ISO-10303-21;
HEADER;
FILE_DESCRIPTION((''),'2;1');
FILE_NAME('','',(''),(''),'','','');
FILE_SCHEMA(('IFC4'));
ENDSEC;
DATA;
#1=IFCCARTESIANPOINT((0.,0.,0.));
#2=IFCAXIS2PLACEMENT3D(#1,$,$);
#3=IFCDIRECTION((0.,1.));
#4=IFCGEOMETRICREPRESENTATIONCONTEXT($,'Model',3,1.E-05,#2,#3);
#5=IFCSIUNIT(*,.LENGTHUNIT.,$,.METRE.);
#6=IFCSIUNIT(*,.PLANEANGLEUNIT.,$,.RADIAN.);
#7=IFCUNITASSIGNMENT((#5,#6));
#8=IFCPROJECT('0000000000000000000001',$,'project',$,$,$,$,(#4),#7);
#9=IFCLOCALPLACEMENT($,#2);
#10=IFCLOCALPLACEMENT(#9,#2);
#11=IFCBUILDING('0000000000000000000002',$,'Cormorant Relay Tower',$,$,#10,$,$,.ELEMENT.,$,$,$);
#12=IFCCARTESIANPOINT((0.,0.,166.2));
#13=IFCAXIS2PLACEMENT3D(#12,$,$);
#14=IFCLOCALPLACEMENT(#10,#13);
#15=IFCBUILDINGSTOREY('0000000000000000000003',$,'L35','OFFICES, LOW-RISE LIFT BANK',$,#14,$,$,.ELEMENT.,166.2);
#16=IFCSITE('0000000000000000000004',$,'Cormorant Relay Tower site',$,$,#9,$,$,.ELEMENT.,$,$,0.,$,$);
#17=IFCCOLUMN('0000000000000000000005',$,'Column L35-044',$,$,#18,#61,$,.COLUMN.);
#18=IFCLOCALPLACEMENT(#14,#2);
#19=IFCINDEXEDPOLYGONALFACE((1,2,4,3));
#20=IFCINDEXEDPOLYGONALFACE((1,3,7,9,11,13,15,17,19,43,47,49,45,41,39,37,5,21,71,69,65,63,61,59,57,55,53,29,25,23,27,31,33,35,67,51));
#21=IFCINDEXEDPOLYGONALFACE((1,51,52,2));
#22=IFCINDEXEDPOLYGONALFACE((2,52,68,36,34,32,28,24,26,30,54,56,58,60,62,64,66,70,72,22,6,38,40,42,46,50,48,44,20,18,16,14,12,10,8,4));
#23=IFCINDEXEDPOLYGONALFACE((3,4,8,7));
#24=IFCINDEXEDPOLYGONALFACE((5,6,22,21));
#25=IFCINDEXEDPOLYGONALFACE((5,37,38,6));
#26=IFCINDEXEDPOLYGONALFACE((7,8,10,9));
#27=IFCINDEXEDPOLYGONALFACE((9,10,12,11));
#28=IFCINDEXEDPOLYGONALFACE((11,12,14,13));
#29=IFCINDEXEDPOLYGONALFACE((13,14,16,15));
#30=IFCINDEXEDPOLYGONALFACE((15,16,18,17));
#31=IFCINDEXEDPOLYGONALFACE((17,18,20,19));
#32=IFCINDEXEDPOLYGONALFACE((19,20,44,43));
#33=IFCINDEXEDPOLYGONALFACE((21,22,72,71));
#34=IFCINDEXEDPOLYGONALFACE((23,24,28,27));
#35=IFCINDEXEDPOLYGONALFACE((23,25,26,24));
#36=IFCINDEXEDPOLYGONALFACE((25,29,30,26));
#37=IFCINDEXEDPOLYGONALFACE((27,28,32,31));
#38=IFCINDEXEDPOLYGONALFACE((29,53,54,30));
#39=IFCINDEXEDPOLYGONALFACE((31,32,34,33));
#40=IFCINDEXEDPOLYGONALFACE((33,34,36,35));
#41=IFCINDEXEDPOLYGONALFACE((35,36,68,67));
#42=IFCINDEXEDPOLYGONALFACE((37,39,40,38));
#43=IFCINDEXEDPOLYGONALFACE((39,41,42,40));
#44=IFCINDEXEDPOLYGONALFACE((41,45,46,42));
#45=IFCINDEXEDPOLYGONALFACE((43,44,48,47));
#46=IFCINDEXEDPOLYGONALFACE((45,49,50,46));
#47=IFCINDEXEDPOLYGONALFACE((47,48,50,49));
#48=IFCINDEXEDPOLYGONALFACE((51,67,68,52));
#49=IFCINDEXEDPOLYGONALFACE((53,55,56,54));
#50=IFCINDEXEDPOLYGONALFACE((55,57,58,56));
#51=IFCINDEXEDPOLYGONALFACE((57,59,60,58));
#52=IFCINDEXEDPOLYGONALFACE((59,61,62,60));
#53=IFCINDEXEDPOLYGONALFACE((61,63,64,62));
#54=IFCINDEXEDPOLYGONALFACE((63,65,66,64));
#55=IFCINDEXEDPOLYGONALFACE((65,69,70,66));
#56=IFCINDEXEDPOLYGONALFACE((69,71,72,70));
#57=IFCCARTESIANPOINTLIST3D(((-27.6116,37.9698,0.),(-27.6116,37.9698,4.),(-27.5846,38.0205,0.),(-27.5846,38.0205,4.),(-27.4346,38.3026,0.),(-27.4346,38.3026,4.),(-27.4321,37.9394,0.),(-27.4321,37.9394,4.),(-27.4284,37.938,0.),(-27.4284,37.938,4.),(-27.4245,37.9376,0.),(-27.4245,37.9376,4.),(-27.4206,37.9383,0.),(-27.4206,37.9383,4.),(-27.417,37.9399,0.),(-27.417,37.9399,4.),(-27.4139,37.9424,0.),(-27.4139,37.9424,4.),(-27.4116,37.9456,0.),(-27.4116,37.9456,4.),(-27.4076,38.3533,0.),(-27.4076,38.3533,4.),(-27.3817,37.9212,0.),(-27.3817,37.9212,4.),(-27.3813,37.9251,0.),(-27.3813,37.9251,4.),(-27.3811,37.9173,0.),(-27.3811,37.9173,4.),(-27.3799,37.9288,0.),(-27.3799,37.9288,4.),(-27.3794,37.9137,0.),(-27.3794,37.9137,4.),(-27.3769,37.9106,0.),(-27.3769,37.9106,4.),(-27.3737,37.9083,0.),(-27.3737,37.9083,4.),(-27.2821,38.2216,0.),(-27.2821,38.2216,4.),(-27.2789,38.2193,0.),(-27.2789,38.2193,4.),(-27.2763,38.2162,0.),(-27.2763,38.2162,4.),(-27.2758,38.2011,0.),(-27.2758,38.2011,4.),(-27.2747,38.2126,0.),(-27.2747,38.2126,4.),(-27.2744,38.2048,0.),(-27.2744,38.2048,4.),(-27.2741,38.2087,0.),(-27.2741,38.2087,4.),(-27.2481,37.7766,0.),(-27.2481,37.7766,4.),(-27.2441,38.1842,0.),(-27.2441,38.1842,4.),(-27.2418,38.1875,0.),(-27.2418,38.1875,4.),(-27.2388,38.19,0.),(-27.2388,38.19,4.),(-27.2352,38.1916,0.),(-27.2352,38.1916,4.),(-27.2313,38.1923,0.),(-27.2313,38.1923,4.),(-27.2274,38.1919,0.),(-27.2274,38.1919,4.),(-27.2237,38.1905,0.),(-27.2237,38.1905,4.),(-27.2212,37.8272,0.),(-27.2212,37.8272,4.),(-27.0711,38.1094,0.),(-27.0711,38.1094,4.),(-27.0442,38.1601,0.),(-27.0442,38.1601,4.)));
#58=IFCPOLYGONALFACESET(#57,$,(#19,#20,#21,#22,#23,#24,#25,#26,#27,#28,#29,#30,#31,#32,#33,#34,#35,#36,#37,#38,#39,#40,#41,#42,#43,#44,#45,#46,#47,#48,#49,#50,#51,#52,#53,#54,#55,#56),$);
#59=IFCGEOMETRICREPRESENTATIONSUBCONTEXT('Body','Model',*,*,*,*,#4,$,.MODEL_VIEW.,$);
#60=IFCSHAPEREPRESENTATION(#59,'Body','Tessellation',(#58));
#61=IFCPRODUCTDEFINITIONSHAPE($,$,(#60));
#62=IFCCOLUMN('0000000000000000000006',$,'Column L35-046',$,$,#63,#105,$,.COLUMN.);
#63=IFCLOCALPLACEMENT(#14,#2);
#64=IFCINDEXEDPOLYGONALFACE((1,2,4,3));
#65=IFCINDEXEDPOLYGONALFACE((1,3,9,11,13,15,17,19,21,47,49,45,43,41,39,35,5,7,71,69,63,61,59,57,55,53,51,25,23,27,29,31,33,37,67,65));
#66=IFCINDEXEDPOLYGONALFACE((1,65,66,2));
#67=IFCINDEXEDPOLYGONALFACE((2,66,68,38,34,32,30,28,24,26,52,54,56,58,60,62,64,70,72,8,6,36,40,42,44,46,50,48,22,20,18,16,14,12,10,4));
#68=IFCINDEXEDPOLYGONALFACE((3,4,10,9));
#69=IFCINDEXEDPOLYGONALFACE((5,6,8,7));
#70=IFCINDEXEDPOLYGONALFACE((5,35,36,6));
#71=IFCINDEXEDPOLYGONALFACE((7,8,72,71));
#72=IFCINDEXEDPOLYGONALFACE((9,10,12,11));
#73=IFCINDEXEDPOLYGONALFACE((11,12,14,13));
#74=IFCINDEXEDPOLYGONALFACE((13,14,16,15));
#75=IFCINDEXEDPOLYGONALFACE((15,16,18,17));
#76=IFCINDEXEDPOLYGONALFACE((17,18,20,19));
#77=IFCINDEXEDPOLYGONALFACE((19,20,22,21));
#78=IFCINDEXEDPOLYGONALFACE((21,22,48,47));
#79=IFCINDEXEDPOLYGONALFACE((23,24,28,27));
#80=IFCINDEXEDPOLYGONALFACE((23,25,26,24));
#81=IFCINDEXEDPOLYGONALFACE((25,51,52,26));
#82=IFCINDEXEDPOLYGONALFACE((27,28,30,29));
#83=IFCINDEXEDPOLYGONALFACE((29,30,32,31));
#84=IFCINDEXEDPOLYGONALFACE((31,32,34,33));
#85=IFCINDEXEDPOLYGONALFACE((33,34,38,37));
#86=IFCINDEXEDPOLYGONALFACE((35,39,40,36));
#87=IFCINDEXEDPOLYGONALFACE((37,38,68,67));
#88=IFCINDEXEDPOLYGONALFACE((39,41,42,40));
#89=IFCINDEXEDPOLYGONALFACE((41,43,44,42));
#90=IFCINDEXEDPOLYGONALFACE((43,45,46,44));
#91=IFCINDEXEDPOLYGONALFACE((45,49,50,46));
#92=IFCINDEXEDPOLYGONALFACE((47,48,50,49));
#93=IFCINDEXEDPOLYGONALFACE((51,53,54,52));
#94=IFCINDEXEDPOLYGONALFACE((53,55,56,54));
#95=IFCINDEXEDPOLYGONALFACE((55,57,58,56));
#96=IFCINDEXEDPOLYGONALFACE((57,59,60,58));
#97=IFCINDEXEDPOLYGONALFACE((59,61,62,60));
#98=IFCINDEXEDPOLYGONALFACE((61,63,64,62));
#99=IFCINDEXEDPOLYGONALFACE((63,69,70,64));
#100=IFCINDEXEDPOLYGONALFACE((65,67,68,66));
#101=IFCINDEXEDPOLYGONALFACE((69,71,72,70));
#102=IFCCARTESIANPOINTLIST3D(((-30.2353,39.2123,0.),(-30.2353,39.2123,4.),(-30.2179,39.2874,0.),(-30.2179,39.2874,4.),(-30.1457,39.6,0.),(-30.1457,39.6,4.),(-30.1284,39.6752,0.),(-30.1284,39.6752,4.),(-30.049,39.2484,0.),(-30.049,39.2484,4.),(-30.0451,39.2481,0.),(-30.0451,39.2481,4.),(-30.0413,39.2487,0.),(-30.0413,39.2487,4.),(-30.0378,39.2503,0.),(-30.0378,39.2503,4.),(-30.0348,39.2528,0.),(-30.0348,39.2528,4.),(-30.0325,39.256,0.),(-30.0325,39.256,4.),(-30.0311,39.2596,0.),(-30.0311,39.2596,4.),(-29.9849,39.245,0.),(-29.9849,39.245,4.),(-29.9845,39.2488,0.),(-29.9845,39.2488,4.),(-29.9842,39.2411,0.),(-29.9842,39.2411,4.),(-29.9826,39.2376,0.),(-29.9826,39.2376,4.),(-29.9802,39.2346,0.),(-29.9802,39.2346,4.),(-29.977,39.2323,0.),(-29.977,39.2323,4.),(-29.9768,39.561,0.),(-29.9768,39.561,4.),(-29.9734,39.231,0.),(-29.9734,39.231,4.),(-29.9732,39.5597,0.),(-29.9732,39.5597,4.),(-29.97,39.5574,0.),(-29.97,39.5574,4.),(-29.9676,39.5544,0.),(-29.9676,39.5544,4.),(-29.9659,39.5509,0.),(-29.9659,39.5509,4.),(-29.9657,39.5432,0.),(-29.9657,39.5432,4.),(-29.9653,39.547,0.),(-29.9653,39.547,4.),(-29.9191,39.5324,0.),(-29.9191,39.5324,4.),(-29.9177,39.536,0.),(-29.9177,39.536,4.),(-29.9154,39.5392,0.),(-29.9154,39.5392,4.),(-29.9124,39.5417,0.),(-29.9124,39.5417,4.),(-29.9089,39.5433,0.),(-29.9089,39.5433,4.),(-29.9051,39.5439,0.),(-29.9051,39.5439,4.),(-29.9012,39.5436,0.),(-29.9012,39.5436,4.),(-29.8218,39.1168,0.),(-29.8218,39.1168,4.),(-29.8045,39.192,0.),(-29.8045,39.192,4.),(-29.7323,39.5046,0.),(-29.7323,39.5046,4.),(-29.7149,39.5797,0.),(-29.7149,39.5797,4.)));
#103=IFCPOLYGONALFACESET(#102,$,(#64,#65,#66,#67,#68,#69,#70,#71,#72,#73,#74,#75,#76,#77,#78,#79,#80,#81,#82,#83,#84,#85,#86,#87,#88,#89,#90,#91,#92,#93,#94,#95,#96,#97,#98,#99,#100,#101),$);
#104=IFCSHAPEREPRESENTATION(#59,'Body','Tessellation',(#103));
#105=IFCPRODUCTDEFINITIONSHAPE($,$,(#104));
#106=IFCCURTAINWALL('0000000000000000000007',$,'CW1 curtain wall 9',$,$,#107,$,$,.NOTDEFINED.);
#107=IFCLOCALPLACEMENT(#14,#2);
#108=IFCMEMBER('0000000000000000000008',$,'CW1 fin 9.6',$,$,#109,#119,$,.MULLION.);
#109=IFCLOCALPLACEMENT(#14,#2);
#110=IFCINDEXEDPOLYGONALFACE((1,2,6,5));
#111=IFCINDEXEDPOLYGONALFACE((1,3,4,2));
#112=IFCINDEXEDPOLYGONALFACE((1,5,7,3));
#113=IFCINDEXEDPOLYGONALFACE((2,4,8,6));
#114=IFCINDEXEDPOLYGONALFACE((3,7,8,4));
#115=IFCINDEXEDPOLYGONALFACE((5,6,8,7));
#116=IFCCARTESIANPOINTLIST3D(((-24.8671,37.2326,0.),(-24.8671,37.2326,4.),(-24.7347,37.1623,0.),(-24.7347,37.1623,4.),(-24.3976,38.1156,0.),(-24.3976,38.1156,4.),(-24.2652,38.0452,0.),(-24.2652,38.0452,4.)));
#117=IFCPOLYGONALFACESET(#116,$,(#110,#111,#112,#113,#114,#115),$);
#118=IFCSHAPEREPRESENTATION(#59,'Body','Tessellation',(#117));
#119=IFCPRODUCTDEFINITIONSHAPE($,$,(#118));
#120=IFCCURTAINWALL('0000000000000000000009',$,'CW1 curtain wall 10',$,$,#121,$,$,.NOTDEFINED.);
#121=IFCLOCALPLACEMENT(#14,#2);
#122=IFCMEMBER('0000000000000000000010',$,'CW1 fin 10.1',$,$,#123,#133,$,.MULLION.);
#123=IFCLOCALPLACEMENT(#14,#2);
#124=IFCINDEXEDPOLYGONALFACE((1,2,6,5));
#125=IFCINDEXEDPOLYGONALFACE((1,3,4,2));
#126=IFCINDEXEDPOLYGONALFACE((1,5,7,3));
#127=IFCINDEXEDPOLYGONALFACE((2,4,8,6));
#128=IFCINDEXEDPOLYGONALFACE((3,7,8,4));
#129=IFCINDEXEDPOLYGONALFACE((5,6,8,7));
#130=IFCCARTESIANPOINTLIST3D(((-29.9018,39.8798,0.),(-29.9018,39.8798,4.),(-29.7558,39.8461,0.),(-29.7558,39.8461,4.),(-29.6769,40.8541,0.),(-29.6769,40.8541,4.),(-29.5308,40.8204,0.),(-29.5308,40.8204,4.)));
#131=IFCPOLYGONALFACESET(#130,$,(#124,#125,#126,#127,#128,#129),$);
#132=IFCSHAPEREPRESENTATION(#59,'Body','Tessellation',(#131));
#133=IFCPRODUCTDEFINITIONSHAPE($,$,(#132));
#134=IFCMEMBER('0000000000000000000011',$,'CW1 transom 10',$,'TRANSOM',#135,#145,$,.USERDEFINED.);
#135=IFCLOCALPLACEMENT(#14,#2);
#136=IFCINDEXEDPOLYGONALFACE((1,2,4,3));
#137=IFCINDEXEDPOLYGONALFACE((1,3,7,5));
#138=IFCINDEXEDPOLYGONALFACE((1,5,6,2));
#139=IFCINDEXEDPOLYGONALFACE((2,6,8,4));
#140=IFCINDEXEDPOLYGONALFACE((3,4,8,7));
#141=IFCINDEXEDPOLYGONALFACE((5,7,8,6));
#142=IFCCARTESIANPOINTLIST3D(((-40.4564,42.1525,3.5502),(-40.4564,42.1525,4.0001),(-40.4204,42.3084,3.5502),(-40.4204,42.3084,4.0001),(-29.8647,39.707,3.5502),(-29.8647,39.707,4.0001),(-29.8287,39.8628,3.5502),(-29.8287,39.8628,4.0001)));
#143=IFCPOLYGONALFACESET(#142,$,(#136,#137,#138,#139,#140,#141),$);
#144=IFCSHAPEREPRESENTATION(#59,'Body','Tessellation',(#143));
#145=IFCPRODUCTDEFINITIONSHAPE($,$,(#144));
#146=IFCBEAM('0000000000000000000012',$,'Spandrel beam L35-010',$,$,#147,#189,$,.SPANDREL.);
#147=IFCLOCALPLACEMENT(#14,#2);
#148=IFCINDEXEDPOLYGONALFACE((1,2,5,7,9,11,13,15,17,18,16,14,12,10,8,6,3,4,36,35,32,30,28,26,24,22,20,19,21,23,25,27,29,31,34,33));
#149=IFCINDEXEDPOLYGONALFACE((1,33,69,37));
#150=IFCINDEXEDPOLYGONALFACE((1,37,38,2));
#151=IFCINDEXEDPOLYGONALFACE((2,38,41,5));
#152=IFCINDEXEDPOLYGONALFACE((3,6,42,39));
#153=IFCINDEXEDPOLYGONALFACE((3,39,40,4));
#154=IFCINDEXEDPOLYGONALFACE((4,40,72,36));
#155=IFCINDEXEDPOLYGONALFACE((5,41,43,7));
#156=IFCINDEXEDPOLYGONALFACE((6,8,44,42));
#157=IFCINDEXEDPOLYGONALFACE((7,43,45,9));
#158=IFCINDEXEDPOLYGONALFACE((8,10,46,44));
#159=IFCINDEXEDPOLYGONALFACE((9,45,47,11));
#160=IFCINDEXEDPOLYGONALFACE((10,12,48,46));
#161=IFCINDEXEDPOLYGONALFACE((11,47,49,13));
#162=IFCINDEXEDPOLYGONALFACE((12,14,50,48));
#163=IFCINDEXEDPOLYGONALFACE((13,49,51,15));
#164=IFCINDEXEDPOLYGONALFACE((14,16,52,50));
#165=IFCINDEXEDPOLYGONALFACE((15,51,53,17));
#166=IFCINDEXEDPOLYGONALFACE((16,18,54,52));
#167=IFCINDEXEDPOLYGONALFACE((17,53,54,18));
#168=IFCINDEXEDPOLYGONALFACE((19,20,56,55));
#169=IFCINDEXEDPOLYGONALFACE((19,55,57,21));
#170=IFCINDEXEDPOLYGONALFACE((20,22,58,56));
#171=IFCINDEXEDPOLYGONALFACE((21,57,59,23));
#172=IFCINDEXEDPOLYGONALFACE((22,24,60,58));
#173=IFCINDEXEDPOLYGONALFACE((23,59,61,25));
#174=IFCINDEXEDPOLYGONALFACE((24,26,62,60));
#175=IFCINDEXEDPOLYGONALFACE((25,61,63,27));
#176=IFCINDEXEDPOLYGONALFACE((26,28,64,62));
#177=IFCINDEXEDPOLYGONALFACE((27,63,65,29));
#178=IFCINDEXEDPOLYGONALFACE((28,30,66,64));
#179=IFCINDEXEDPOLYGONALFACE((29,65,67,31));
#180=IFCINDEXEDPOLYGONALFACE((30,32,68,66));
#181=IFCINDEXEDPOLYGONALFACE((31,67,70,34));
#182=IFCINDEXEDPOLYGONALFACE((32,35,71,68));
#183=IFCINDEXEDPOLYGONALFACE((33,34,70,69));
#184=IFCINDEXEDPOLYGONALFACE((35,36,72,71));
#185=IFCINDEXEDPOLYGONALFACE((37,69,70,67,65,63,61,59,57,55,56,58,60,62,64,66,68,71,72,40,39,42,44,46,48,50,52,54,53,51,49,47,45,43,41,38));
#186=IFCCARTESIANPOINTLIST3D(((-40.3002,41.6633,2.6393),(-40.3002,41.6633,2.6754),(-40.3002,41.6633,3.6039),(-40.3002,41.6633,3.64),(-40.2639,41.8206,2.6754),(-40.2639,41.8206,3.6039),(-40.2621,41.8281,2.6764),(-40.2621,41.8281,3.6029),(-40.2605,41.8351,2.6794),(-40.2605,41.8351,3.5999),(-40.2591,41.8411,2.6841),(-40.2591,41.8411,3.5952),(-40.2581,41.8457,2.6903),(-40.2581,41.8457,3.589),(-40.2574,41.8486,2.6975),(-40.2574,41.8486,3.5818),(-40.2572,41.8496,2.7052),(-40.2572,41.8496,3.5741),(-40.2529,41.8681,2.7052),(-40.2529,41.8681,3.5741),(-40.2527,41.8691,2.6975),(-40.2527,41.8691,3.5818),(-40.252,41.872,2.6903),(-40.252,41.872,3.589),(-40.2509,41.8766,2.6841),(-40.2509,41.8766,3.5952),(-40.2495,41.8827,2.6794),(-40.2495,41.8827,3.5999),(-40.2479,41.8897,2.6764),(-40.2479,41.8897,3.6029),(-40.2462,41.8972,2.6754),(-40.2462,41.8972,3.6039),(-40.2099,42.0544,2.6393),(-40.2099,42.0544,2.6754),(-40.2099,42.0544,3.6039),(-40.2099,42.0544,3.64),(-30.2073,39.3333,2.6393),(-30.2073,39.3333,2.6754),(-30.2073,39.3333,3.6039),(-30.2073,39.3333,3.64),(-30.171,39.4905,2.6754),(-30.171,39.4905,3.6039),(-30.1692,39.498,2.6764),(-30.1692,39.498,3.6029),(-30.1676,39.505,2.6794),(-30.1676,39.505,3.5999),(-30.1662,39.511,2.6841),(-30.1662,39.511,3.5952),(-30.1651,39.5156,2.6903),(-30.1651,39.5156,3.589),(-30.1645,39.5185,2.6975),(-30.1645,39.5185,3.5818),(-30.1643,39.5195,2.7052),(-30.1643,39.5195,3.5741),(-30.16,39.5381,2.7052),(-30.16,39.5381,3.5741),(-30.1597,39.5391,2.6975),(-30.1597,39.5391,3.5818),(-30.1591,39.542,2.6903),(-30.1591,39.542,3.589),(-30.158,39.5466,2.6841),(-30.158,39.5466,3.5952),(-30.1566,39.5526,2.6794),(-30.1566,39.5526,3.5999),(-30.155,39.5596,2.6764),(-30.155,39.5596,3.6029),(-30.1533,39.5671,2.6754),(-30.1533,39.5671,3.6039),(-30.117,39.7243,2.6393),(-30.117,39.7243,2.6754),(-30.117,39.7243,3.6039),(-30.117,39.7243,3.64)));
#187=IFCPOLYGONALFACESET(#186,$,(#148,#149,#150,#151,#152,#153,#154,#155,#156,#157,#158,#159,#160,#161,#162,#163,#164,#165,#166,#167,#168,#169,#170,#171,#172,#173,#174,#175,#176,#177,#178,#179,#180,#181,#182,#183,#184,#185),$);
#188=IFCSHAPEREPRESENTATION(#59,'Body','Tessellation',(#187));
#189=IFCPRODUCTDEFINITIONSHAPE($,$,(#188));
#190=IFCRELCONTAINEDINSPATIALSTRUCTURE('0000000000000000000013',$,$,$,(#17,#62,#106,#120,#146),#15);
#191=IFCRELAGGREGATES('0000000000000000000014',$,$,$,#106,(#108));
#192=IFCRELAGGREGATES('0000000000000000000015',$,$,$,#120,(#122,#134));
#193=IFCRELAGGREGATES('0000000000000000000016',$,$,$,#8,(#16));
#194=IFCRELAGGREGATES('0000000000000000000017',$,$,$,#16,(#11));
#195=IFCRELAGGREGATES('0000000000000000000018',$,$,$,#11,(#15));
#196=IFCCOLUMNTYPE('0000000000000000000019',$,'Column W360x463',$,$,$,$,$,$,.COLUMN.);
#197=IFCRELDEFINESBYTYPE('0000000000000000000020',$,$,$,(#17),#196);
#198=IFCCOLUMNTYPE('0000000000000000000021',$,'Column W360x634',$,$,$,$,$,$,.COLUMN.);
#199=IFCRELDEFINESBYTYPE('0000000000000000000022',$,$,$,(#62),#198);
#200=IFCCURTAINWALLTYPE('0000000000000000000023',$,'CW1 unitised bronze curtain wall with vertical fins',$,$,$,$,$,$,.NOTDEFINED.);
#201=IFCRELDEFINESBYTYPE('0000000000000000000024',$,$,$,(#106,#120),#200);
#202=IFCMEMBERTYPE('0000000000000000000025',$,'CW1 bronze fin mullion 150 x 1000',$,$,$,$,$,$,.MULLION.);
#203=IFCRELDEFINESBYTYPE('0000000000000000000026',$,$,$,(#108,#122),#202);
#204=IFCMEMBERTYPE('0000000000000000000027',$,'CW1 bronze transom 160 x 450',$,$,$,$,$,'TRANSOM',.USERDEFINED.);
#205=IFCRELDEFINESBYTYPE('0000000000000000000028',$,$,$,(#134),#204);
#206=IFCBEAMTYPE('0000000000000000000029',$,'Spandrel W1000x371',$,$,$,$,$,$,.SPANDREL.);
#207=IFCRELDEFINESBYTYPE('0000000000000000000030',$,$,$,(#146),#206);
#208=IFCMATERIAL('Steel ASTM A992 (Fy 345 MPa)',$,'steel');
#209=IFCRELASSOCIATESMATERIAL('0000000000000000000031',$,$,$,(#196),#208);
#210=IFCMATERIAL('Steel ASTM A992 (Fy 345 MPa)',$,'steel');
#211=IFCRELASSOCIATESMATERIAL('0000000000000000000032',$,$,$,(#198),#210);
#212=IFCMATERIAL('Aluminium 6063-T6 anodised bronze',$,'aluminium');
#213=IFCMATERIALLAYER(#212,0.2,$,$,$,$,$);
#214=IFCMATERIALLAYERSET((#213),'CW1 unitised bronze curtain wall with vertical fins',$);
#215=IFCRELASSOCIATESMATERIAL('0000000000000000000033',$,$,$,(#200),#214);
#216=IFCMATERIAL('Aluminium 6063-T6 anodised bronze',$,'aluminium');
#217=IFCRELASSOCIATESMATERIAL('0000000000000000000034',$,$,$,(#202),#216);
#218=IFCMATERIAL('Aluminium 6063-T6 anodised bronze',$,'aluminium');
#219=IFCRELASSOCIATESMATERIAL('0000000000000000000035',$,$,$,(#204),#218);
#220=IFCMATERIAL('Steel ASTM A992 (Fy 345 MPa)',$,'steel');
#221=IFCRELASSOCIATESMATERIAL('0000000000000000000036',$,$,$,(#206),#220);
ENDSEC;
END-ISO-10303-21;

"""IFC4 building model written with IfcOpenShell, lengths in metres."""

from ifc_helpers import new_model, si_unit, direction, frame, origin, origin_2d, place, context, subcontext, project, spatial, rectangle, i_section, extrude, material, layer, layer_set, material_profile, profile_set, type_object, element, aggregate, save


model = new_model("IFC4")

# Units and contexts
model_context = context("Model", 3, precision=1e-05, world=origin(), true_north=direction((0.0, 1.0)))
body_context = subcontext(model_context, "Body", "Model", "MODEL_VIEW")
ifc_project = project(units=[si_unit("LENGTHUNIT", "METRE"), si_unit("PLANEANGLEUNIT", "RADIAN")], contexts=[model_context])

# Site, building, storey
site_placement = place(None, origin())
site = spatial("IfcSite", under=ifc_project, at=site_placement, Name="Cormorant Relay Tower site", CompositionType="ELEMENT", RefElevation=0.0)
building_placement = place(site_placement, origin())
building = spatial("IfcBuilding", under=site, at=building_placement, Name="Cormorant Relay Tower", CompositionType="ELEMENT")
storey_placement = place(building_placement, frame((0.0, 0.0, 166.2)))
storey = spatial("IfcBuildingStorey", under=building, at=storey_placement, Name="L35", Description="OFFICES, LOW-RISE LIFT BANK", CompositionType="ELEMENT", Elevation=166.2)

# Columns
ifc_material_1 = material(Name="Steel ASTM A992 (Fy 345 MPa)", Category="steel")
ifc_material_profile_1 = material_profile(ifc_material_1, i_section(OverallWidth=0.4116, OverallDepth=0.4343, WebThickness=0.0359, FlangeThickness=0.0574, FilletRadius=0.0151, at=origin_2d()), Name="W360x463")
ifc_profile_set_1 = profile_set([ifc_material_profile_1], Name="Steel ASTM A992 (Fy 345 MPa)")
column_type_1 = type_object("IfcColumnType", Name="Column W360x463", PredefinedType="COLUMN", material=ifc_profile_set_1)
column_1_placement = place(storey_placement, frame((-27.3279, 38.0649, 0.0), z_axis=(0.0, 0.0, 1.0), x_axis=(-0.882948, 0.469472, 0.0)))
element("IfcColumn", 1, at=column_1_placement, inside=storey, type_object=column_type_1, Name="Column L35-044", PredefinedType="COLUMN", context=body_context, shape_type="SweptSolid", body=[
    extrude(i_section(OverallWidth=0.4116, OverallDepth=0.4343, WebThickness=0.0359, FlangeThickness=0.0574, FilletRadius=0.0151, at=origin_2d()), origin(), (0.0, 0.0, 1.0), 4.0),
])
ifc_material_2 = material(Name="Steel ASTM A992 (Fy 345 MPa)", Category="steel")
ifc_material_profile_2 = material_profile(ifc_material_2, i_section(OverallWidth=0.4243, OverallDepth=0.4751, WebThickness=0.0479, FlangeThickness=0.0771, FilletRadius=0.0149, at=origin_2d()), Name="W360x634")
ifc_profile_set_2 = profile_set([ifc_material_profile_2], Name="Steel ASTM A992 (Fy 345 MPa)")
column_type_2 = type_object("IfcColumnType", Name="Column W360x634", PredefinedType="COLUMN", material=ifc_profile_set_2)
column_2_placement = place(storey_placement, frame((-29.9751, 39.396, 0.0), z_axis=(0.0, 0.0, 1.0), x_axis=(-0.97437, 0.224951, 0.0)))
element("IfcColumn", 2, at=column_2_placement, inside=storey, type_object=column_type_2, Name="Column L35-046", PredefinedType="COLUMN", context=body_context, shape_type="SweptSolid", body=[
    extrude(i_section(OverallWidth=0.4243, OverallDepth=0.4751, WebThickness=0.0479, FlangeThickness=0.0771, FilletRadius=0.0149, at=origin_2d()), origin(), (0.0, 0.0, 1.0), 4.0),
])

# Curtain wall, member
ifc_material_3 = material(Name="Aluminium 6063-T6 anodised bronze", Category="aluminium")
ifc_layer_1 = layer(ifc_material_3, 0.2)
ifc_layer_set_1 = layer_set([ifc_layer_1], Name="CW1 unitised bronze curtain wall with vertical fins")
curtain_wall_type = type_object("IfcCurtainWallType", Name="CW1 unitised bronze curtain wall with vertical fins", PredefinedType="NOTDEFINED", material=ifc_layer_set_1)
curtain_wall_1_placement = place(storey_placement, origin())
curtain_wall_1 = element("IfcCurtainWall", 3, at=curtain_wall_1_placement, inside=storey, type_object=curtain_wall_type, Name="CW1 curtain wall 9", PredefinedType="NOTDEFINED")
ifc_material_4 = material(Name="Aluminium 6063-T6 anodised bronze", Category="aluminium")
ifc_material_profile_3 = material_profile(ifc_material_4, rectangle(XDim=0.1499, YDim=1.0, at=origin_2d()), Name="AL 150x1000")
ifc_profile_set_3 = profile_set([ifc_material_profile_3], Name="Aluminium 6063-T6 anodised bronze")
member_type_1 = type_object("IfcMemberType", Name="CW1 bronze fin mullion 150 x 1000", PredefinedType="MULLION", material=ifc_profile_set_3)
member_1_placement = place(storey_placement, frame((-24.5662, 37.6389, 0.0), z_axis=(0.0, 0.0, 1.0), x_axis=(-0.882948, 0.469472, 0.0)))
member_1 = element("IfcMember", 4, at=member_1_placement, type_object=member_type_1, Name="CW1 fin 9.6", PredefinedType="MULLION", context=body_context, shape_type="SweptSolid", body=[
    extrude(rectangle(XDim=0.1499, YDim=1.0, at=origin_2d()), origin(), (0.0, 0.0, 1.0), 4.0),
])

# Curtain wall, members
curtain_wall_2_placement = place(storey_placement, origin())
curtain_wall_2 = element("IfcCurtainWall", 5, at=curtain_wall_2_placement, inside=storey, type_object=curtain_wall_type, Name="CW1 curtain wall 10", PredefinedType="NOTDEFINED")
member_2_placement = place(storey_placement, frame((-29.7163, 40.3501, 0.0), z_axis=(0.0, 0.0, 1.0), x_axis=(-0.97437, 0.224951, 0.0)))
member_2 = element("IfcMember", 6, at=member_2_placement, type_object=member_type_1, Name="CW1 fin 10.1", PredefinedType="MULLION", context=body_context, shape_type="SweptSolid", body=[
    extrude(rectangle(XDim=0.1499, YDim=1.0, at=origin_2d()), origin(), (0.0, 0.0, 1.0), 4.0),
])
ifc_material_5 = material(Name="Aluminium 6063-T6 anodised bronze", Category="aluminium")
ifc_material_profile_4 = material_profile(ifc_material_5, rectangle(XDim=0.1599, YDim=0.45, at=origin_2d()), Name="AL 160x450")
ifc_profile_set_4 = profile_set([ifc_material_profile_4], Name="Aluminium 6063-T6 anodised bronze")
member_type_2 = type_object("IfcMemberType", Name="CW1 bronze transom 160 x 450", ElementType="TRANSOM", PredefinedType="USERDEFINED", material=ifc_profile_set_4)
member_3_placement = place(storey_placement, frame((-29.8467, 39.7849, 3.7751), z_axis=(-0.974365, 0.224973, 0.0), x_axis=(-0.224973, -0.974365, 0.0)))
member_3 = element("IfcMember", 7, at=member_3_placement, type_object=member_type_2, Name="CW1 transom 10", ObjectType="TRANSOM", PredefinedType="USERDEFINED", context=body_context, shape_type="SweptSolid", body=[
    extrude(rectangle(XDim=0.1599, YDim=0.45, at=origin_2d()), origin(), (0.0, 0.0, 1.0), 10.8704),
])

# Beam
ifc_material_6 = material(Name="Steel ASTM A992 (Fy 345 MPa)", Category="steel")
ifc_material_profile_5 = material_profile(ifc_material_6, i_section(OverallWidth=0.4014, OverallDepth=1.0007, WebThickness=0.019, FlangeThickness=0.0361, FilletRadius=0.0298, at=origin_2d()), Name="W1000x371")
ifc_profile_set_5 = profile_set([ifc_material_profile_5], Name="Steel ASTM A992 (Fy 345 MPa)")
beam_type = type_object("IfcBeamType", Name="Spandrel W1000x371", PredefinedType="SPANDREL", material=ifc_profile_set_5)
beam_placement = place(storey_placement, frame((-30.1621, 39.5288, 3.1396), z_axis=(-0.974372, 0.224944, 0.0), x_axis=(-0.224944, -0.974372, 0.0)))
element("IfcBeam", 8, at=beam_placement, inside=storey, type_object=beam_type, Name="Spandrel beam L35-010", PredefinedType="SPANDREL", context=body_context, shape_type="SweptSolid", body=[
    extrude(i_section(OverallWidth=0.4014, OverallDepth=1.0007, WebThickness=0.019, FlangeThickness=0.0361, FilletRadius=0.0298, at=origin_2d()), origin(), (0.0, 0.0, 1.0), 10.3584),
])

aggregate(curtain_wall_1, [member_1])

aggregate(curtain_wall_2, [member_2, member_3])

save(model, "model.ifc")
